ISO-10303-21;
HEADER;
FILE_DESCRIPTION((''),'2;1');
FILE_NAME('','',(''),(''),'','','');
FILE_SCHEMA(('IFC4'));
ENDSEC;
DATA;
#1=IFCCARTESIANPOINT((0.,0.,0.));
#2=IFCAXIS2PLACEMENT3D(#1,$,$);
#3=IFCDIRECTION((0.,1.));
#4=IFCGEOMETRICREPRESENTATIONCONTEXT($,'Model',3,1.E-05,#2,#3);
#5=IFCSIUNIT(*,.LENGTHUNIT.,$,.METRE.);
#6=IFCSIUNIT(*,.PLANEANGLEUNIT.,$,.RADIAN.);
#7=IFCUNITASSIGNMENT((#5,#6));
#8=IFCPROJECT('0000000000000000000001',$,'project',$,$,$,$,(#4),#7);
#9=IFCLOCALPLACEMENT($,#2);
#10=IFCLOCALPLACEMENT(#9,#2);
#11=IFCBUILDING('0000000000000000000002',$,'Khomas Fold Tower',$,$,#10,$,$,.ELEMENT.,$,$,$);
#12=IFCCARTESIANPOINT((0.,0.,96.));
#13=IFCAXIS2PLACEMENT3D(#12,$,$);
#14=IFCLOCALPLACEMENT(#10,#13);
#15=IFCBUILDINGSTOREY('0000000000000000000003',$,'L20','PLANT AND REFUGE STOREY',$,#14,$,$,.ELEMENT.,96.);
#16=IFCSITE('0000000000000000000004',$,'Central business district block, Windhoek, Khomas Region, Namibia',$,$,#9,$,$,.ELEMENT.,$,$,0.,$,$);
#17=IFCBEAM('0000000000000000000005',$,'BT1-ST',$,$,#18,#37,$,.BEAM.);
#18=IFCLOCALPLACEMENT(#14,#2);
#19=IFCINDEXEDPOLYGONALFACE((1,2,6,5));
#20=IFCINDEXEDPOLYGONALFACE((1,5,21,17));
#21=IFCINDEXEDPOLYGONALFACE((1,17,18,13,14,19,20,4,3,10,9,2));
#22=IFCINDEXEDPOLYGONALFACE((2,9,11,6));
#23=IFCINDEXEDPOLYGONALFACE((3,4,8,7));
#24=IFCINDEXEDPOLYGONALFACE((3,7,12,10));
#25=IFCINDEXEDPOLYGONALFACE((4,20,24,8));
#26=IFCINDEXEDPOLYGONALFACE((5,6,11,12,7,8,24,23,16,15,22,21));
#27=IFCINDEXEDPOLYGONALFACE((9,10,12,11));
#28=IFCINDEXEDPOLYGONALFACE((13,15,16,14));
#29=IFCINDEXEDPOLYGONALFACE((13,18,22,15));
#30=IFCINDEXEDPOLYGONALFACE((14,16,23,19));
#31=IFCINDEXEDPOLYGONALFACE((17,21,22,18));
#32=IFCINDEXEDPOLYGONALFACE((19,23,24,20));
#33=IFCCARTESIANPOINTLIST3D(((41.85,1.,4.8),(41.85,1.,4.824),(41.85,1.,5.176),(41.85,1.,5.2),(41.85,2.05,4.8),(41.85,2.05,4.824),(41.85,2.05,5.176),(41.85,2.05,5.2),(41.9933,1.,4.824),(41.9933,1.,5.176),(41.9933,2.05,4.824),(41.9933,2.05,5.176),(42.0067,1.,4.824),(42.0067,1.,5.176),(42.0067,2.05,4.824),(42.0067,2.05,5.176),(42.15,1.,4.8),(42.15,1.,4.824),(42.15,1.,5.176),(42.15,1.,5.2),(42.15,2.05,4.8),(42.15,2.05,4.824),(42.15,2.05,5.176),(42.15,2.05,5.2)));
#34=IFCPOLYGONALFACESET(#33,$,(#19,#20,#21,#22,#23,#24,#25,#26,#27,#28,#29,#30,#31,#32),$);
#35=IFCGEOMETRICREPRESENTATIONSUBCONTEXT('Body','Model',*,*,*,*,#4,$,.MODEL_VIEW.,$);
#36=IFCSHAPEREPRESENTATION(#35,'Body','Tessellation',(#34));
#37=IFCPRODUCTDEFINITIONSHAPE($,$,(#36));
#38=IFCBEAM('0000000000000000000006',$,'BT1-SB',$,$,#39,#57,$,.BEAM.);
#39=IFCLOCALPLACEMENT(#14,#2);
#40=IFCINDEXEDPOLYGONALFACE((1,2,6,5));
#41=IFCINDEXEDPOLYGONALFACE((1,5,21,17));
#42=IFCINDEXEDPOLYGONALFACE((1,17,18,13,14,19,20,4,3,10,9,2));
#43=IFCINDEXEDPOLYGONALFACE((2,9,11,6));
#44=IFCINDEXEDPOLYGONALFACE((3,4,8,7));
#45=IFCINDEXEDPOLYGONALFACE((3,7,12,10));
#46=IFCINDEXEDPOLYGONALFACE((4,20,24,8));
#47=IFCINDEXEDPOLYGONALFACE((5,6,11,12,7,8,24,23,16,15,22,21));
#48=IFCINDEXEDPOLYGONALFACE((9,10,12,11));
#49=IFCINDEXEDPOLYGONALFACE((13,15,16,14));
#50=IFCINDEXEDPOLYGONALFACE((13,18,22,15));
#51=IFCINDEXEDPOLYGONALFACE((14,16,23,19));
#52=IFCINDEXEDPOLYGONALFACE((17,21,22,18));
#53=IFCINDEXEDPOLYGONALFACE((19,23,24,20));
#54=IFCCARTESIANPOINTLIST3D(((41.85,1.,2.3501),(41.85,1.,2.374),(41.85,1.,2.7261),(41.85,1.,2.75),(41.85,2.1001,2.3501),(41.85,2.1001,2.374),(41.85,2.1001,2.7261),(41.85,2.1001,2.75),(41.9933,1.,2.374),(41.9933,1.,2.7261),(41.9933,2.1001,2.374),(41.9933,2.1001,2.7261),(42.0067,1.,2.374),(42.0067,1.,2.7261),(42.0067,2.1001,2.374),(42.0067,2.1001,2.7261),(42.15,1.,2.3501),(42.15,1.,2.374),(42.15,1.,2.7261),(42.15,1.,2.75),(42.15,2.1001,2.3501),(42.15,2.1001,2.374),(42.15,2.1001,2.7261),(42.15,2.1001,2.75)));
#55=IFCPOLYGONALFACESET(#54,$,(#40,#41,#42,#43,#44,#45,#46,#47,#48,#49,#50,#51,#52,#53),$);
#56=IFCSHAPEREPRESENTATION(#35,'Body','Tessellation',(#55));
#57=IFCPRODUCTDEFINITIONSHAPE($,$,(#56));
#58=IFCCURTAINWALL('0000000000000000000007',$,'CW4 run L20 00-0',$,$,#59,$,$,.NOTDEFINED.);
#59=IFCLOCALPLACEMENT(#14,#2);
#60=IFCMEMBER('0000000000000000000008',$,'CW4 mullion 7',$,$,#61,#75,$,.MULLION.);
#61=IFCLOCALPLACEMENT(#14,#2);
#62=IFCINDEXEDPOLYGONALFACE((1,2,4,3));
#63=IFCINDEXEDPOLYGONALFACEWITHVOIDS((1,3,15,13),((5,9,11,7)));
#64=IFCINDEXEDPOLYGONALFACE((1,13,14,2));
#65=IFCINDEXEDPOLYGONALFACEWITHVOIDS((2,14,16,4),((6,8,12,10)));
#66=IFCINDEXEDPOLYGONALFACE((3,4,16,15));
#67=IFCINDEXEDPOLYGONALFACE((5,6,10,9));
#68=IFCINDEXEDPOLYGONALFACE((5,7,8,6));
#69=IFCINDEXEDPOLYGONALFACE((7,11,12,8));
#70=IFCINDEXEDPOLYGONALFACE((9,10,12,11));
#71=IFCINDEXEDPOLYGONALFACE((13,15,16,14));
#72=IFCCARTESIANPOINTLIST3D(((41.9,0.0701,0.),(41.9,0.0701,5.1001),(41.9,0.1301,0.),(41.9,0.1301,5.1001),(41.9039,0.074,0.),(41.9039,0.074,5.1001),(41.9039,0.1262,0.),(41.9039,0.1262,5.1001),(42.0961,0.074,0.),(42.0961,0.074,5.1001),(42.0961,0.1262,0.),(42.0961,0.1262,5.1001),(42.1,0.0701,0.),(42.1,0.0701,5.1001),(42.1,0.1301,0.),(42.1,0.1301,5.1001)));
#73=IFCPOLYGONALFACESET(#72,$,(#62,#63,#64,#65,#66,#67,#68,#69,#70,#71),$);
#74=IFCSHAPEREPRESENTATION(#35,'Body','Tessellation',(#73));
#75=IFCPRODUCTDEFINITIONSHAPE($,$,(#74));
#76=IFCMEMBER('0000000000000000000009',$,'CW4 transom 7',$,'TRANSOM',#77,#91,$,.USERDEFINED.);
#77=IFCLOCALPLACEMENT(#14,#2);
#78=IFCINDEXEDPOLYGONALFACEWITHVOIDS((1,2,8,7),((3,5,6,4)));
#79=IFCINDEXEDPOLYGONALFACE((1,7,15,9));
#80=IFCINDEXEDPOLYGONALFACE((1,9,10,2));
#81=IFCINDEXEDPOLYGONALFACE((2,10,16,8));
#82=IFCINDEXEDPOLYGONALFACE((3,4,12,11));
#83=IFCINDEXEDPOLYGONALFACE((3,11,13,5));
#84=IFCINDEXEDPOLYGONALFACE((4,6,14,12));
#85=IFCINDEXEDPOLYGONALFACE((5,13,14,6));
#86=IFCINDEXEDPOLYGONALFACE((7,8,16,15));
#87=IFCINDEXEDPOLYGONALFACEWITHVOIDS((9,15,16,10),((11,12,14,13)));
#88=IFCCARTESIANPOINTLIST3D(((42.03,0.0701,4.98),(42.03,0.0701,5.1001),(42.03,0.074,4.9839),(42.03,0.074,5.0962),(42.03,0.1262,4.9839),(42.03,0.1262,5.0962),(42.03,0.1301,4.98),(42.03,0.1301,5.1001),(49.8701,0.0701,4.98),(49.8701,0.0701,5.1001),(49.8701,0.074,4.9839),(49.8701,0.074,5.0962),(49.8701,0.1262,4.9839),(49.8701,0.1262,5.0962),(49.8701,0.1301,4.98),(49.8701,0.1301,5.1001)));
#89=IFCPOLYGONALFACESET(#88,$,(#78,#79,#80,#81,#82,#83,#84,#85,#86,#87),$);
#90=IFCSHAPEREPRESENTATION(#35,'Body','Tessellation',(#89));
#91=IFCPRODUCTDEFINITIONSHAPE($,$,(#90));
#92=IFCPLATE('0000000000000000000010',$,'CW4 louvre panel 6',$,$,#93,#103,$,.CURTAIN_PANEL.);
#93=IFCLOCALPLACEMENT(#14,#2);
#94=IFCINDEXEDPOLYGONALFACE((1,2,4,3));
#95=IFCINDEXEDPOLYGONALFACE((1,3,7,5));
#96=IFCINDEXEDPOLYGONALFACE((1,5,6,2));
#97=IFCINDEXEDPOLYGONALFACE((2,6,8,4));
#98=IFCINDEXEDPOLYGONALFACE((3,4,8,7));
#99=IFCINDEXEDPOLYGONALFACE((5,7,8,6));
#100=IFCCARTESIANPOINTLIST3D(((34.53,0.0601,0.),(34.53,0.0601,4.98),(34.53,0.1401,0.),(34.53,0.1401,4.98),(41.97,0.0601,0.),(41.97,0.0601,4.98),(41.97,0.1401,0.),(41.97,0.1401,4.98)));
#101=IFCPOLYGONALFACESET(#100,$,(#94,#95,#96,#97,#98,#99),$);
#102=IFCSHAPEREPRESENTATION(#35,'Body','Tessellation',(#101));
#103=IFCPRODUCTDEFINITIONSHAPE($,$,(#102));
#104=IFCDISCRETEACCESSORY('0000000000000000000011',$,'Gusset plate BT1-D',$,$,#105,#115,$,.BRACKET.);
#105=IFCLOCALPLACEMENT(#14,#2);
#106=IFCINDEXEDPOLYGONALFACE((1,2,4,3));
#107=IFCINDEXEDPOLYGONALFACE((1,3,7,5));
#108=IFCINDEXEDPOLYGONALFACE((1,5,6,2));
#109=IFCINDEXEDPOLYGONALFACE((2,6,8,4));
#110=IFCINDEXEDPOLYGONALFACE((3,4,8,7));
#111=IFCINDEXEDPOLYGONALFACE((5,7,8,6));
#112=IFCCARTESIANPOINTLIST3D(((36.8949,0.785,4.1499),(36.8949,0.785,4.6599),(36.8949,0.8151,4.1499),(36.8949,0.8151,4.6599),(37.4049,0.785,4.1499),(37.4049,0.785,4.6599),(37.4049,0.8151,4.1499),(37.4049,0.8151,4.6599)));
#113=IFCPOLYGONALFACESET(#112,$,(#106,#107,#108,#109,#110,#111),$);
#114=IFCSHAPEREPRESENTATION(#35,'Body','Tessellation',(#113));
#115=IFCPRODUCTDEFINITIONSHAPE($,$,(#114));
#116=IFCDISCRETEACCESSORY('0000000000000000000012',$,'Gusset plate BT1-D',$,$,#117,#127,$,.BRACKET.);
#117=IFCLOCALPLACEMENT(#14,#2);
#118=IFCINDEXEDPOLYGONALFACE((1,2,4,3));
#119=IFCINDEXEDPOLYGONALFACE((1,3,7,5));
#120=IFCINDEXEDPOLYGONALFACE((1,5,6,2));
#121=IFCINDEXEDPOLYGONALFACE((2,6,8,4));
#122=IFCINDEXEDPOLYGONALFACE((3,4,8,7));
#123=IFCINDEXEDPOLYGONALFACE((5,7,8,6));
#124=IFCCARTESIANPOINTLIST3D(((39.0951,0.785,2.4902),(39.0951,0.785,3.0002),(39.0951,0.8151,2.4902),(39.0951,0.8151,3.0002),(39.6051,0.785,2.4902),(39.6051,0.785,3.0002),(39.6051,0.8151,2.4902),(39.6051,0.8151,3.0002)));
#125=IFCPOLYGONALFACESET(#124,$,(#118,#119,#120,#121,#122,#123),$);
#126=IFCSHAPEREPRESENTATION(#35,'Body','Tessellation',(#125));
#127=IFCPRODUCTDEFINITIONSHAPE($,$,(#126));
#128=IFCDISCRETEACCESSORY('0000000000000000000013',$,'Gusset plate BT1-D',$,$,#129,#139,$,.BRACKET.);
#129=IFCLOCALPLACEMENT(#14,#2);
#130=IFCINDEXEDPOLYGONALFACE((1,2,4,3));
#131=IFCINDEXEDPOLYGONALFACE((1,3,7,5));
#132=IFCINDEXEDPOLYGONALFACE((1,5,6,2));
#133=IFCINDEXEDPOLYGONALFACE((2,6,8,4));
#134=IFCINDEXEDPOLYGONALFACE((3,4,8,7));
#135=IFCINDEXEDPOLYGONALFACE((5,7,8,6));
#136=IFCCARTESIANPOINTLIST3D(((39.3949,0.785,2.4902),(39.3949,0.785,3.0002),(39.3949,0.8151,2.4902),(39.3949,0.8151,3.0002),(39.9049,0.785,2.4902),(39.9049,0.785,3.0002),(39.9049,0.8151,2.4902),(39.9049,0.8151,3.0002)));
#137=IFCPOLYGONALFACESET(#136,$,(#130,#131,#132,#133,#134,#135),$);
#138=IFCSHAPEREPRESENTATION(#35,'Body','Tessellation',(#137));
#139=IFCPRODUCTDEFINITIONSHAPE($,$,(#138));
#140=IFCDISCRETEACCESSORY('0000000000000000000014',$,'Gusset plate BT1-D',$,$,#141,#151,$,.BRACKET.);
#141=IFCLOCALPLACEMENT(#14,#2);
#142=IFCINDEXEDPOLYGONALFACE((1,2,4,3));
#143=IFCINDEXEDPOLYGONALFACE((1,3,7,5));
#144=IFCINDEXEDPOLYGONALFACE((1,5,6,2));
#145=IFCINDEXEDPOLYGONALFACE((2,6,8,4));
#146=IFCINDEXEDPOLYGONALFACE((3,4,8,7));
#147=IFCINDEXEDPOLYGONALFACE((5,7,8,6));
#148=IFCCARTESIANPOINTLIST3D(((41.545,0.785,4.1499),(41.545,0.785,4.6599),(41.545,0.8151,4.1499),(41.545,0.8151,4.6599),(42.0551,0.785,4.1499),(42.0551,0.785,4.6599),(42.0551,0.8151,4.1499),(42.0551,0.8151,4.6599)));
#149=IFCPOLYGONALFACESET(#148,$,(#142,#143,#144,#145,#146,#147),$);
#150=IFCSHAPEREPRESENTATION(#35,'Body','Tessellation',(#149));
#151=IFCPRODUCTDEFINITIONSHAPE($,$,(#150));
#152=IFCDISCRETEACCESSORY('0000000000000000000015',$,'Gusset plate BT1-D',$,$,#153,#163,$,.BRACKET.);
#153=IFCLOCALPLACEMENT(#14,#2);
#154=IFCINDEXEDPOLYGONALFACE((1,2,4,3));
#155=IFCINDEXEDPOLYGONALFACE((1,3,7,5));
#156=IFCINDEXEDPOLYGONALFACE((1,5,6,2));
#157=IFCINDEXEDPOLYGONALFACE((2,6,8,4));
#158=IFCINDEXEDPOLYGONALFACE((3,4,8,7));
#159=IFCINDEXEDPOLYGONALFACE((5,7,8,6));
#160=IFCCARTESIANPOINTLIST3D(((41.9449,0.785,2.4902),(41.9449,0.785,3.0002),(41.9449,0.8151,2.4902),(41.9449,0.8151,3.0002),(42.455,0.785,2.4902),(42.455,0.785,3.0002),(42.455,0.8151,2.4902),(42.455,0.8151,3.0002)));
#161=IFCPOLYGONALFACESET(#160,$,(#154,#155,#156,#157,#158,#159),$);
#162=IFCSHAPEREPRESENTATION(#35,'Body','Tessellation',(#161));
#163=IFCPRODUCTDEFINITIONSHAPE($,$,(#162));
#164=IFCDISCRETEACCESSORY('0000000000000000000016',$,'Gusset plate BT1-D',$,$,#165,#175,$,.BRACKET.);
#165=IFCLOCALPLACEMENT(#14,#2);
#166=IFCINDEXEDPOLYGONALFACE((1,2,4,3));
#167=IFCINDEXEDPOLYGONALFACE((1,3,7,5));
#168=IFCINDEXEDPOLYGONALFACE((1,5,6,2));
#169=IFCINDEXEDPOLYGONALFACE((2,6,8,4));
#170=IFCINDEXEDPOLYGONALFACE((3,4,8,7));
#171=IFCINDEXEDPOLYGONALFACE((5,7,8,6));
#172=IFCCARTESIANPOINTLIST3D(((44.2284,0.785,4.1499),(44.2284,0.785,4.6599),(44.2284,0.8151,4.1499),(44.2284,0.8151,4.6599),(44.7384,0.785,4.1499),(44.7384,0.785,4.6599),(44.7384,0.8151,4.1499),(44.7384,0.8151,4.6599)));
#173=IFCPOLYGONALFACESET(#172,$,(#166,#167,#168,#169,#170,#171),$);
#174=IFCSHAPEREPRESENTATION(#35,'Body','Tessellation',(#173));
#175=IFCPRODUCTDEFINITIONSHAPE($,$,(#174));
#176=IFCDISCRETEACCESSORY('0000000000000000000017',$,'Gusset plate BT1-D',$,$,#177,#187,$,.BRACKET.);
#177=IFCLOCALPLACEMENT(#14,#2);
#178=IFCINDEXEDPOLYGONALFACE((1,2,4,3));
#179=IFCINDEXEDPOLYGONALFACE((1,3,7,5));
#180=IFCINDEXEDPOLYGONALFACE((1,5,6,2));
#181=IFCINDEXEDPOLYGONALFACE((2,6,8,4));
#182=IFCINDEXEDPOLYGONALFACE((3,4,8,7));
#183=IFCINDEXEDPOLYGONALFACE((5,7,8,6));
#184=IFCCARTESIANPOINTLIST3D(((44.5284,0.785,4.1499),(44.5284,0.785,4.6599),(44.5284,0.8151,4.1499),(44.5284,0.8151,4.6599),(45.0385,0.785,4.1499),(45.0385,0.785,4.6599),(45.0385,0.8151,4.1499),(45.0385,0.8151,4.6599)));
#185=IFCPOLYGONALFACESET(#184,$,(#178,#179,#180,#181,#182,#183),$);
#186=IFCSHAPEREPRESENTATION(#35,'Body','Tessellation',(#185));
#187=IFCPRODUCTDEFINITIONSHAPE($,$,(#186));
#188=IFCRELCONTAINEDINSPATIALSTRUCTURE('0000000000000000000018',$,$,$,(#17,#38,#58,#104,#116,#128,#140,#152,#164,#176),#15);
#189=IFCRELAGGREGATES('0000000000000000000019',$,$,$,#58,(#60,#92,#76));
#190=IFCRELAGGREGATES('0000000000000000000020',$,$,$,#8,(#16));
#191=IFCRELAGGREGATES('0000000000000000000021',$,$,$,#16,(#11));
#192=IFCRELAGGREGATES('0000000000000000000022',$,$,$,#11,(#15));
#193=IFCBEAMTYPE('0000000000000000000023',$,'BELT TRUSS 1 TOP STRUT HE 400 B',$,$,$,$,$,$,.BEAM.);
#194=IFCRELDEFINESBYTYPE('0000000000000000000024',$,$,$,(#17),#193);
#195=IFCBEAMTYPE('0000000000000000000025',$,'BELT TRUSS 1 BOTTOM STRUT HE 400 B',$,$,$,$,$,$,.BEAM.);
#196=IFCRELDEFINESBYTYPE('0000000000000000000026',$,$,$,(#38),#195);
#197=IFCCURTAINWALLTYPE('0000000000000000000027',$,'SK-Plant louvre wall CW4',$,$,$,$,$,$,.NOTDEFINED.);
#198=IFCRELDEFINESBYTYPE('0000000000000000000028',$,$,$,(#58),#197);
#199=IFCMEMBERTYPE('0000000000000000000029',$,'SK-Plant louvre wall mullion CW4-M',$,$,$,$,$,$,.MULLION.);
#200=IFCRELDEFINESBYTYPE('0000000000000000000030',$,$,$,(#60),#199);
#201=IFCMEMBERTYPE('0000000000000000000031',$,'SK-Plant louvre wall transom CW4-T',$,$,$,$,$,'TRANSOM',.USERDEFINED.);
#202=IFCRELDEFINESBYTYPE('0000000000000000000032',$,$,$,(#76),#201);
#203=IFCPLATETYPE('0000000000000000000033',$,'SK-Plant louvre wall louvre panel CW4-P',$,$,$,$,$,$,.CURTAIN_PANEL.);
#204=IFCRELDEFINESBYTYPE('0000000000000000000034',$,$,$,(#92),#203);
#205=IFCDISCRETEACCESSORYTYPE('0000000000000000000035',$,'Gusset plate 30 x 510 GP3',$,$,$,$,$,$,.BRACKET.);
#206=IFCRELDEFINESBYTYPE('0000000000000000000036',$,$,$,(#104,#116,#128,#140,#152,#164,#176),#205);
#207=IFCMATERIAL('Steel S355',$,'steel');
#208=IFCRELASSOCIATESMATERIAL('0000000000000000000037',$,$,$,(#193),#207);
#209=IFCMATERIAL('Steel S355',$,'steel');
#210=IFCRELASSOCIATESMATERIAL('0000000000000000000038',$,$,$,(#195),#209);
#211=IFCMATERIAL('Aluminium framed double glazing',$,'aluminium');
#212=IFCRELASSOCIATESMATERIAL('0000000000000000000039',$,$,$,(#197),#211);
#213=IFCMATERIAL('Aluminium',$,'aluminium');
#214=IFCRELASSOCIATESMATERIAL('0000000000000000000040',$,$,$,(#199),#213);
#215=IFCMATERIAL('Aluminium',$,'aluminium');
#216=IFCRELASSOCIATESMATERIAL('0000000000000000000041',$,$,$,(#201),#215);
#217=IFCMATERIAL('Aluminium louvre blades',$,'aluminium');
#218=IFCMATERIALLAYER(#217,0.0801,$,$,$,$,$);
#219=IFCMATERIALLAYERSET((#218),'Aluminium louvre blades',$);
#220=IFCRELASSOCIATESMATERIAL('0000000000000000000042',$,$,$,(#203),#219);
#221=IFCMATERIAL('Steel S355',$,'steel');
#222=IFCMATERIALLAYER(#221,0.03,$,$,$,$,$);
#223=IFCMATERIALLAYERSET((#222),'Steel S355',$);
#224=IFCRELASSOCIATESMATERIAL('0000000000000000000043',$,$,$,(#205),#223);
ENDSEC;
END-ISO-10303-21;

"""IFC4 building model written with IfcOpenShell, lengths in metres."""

from ifc_helpers import new_model, si_unit, direction, frame, origin, origin_2d, place, context, subcontext, project, spatial, rectangle, hollow_rectangle, i_section, extrude, source, transform, mapped, material, layer, layer_set, material_profile, profile_set, type_object, element, aggregate, save


model = new_model("IFC4")

# Units and contexts
model_context = context("Model", 3, precision=1e-05, world=origin(), true_north=direction((0.0, 1.0)))
body_context = subcontext(model_context, "Body", "Model", "MODEL_VIEW")
ifc_project = project(units=[si_unit("LENGTHUNIT", "METRE"), si_unit("PLANEANGLEUNIT", "RADIAN")], contexts=[model_context])

# Site, building, storey
site_placement = place(None, origin())
site = spatial("IfcSite", under=ifc_project, at=site_placement, Name="Central business district block, Windhoek, Khomas Region, Namibia", CompositionType="ELEMENT", RefElevation=0.0)
building_placement = place(site_placement, origin())
building = spatial("IfcBuilding", under=site, at=building_placement, Name="Khomas Fold Tower", CompositionType="ELEMENT")
storey_placement = place(building_placement, frame((0.0, 0.0, 96.0)))
storey = spatial("IfcBuildingStorey", under=building, at=storey_placement, Name="L20", Description="PLANT AND REFUGE STOREY", CompositionType="ELEMENT", Elevation=96.0)

# Beams
ifc_material_1 = material(Name="Steel S355", Category="steel")
ifc_material_profile_1 = material_profile(ifc_material_1, i_section(OverallWidth=0.3, OverallDepth=0.3999, WebThickness=0.0134, FlangeThickness=0.0239, at=origin_2d()), Name="HE 400 B")
ifc_profile_set_1 = profile_set([ifc_material_profile_1], Name="Steel S355")
beam_type_1 = type_object("IfcBeamType", Name="BELT TRUSS 1 TOP STRUT HE 400 B", PredefinedType="BEAM", material=ifc_profile_set_1)
shared_shape_1 = source(origin(), body_context, "Body", "SweptSolid", [
    extrude(i_section(OverallWidth=0.3, OverallDepth=0.3999, WebThickness=0.0134, FlangeThickness=0.0239, at=origin_2d()), origin(), (0.0, 0.0, 1.0), 1.05),
])
beam_1_placement = place(storey_placement, frame((42.0, 2.05, 5.0), z_axis=(0.0, -1.0, 0.0), x_axis=(1.0, 0.0, 0.0)))
element("IfcBeam", 1, at=beam_1_placement, inside=storey, type_object=beam_type_1, Name="BT1-ST", PredefinedType="BEAM", context=body_context, shape_type="MappedRepresentation", body=[
    mapped(shared_shape_1, transform((0.0, 0.0, 0.0))),
])
ifc_material_2 = material(Name="Steel S355", Category="steel")
ifc_material_profile_2 = material_profile(ifc_material_2, i_section(OverallWidth=0.3, OverallDepth=0.3999, WebThickness=0.0134, FlangeThickness=0.0239, at=origin_2d()), Name="HE 400 B")
ifc_profile_set_2 = profile_set([ifc_material_profile_2], Name="Steel S355")
beam_type_2 = type_object("IfcBeamType", Name="BELT TRUSS 1 BOTTOM STRUT HE 400 B", PredefinedType="BEAM", material=ifc_profile_set_2)
shared_shape_2 = source(origin(), body_context, "Body", "SweptSolid", [
    extrude(i_section(OverallWidth=0.3, OverallDepth=0.3999, WebThickness=0.0134, FlangeThickness=0.0239, at=origin_2d()), origin(), (0.0, 0.0, 1.0), 1.1001),
])
beam_2_placement = place(storey_placement, frame((42.0, 2.1001, 2.55), z_axis=(0.0, -1.0, 0.0), x_axis=(1.0, 0.0, 0.0)))
element("IfcBeam", 2, at=beam_2_placement, inside=storey, type_object=beam_type_2, Name="BT1-SB", PredefinedType="BEAM", context=body_context, shape_type="MappedRepresentation", body=[
    mapped(shared_shape_2, transform((0.0, 0.0, 0.0))),
])

# Curtain wall, members, plate
ifc_material_3 = material(Name="Aluminium framed double glazing", Category="aluminium")
curtain_wall_type = type_object("IfcCurtainWallType", Name="SK-Plant louvre wall CW4", PredefinedType="NOTDEFINED", material=ifc_material_3)
curtain_wall_placement = place(storey_placement, origin())
curtain_wall = element("IfcCurtainWall", 3, at=curtain_wall_placement, inside=storey, type_object=curtain_wall_type, Name="CW4 run L20 00-0", PredefinedType="NOTDEFINED")
ifc_material_4 = material(Name="Aluminium", Category="aluminium")
ifc_material_profile_3 = material_profile(ifc_material_4, hollow_rectangle(XDim=0.0601, YDim=0.2, WallThickness=0.0039, at=origin_2d()), Name="SK-Plant louvre wall mullion CW4-M")
ifc_profile_set_3 = profile_set([ifc_material_profile_3], Name="Aluminium")
member_type_1 = type_object("IfcMemberType", Name="SK-Plant louvre wall mullion CW4-M", PredefinedType="MULLION", material=ifc_profile_set_3)
shared_shape_3 = source(origin(), body_context, "Body", "SweptSolid", [
    extrude(hollow_rectangle(XDim=0.0601, YDim=0.2, WallThickness=0.0039, at=origin_2d()), origin(), (0.0, 0.0, 1.0), 5.1001),
])
member_1_placement = place(storey_placement, frame((42.0, 0.1001, 0.0), z_axis=(0.0, 0.0, 1.0), x_axis=(0.0, 1.0, 0.0)))
member_1 = element("IfcMember", 4, at=member_1_placement, type_object=member_type_1, Name="CW4 mullion 7", PredefinedType="MULLION", context=body_context, shape_type="MappedRepresentation", body=[
    mapped(shared_shape_3, transform((0.0, 0.0, 0.0))),
])
ifc_material_5 = material(Name="Aluminium", Category="aluminium")
ifc_material_profile_4 = material_profile(ifc_material_5, hollow_rectangle(XDim=0.0601, YDim=0.1201, WallThickness=0.0039, at=origin_2d()), Name="SK-Plant louvre wall transom CW4-T")
ifc_profile_set_4 = profile_set([ifc_material_profile_4], Name="Aluminium")
member_type_2 = type_object("IfcMemberType", Name="SK-Plant louvre wall transom CW4-T", ElementType="TRANSOM", PredefinedType="USERDEFINED", material=ifc_profile_set_4)
shared_shape_4 = source(origin(), body_context, "Body", "SweptSolid", [
    extrude(hollow_rectangle(XDim=0.0601, YDim=0.1201, WallThickness=0.0039, at=origin_2d()), origin(), (0.0, 0.0, 1.0), 7.8401),
])
member_2_placement = place(storey_placement, frame((42.03, 0.1001, 5.04), z_axis=(1.0, 0.0, 0.0), x_axis=(0.0, 1.0, 0.0)))
member_2 = element("IfcMember", 5, at=member_2_placement, type_object=member_type_2, Name="CW4 transom 7", ObjectType="TRANSOM", PredefinedType="USERDEFINED", context=body_context, shape_type="MappedRepresentation", body=[
    mapped(shared_shape_4, transform((0.0, 0.0, 0.0))),
])
ifc_material_6 = material(Name="Aluminium louvre blades", Category="aluminium")
ifc_layer_1 = layer(ifc_material_6, 0.0801)
ifc_layer_set_1 = layer_set([ifc_layer_1], Name="Aluminium louvre blades")
plate_type = type_object("IfcPlateType", Name="SK-Plant louvre wall louvre panel CW4-P", PredefinedType="CURTAIN_PANEL", material=ifc_layer_set_1)
shared_shape_5 = source(origin(), body_context, "Body", "SweptSolid", [
    extrude(rectangle(XDim=7.4399, YDim=0.0801, at=origin_2d()), origin(), (0.0, 0.0, 1.0), 4.98),
])
plate_placement = place(storey_placement, frame((38.25, 0.1001, 0.0), z_axis=(0.0, 0.0, 1.0), x_axis=(1.0, 0.0, 0.0)))
plate = element("IfcPlate", 6, at=plate_placement, type_object=plate_type, Name="CW4 louvre panel 6", PredefinedType="CURTAIN_PANEL", context=body_context, shape_type="MappedRepresentation", body=[
    mapped(shared_shape_5, transform((0.0, 0.0, 0.0))),
])
aggregate(curtain_wall, [member_1, plate, member_2])

# Discrete accessories
ifc_material_7 = material(Name="Steel S355", Category="steel")
ifc_layer_2 = layer(ifc_material_7, 0.03)
ifc_layer_set_2 = layer_set([ifc_layer_2], Name="Steel S355")
discrete_accessory_type = type_object("IfcDiscreteAccessoryType", Name="Gusset plate 30 x 510 GP3", PredefinedType="BRACKET", material=ifc_layer_set_2)
shared_shape_6 = source(origin(), body_context, "Body", "SweptSolid", [
    extrude(rectangle(XDim=0.51, YDim=0.03, at=origin_2d()), origin(), (0.0, 0.0, 1.0), 0.51),
])
for number, where, z_axis, x_axis, name in (
    (7, (37.1499, 0.8, 4.1499), (0.0, 0.0, 1.0), (1.0, 0.0, 0.0), "Gusset plate BT1-D"),
    (8, (39.3501, 0.8, 2.4902), (0.0, 0.0, 1.0), (1.0, 0.0, 0.0), "Gusset plate BT1-D"),
    (9, (39.6499, 0.8, 2.4902), (0.0, 0.0, 1.0), (1.0, 0.0, 0.0), "Gusset plate BT1-D"),
    (10, (41.8, 0.8, 4.1499), (0.0, 0.0, 1.0), (1.0, 0.0, 0.0), "Gusset plate BT1-D"),
    (11, (42.2, 0.8, 2.4902), (0.0, 0.0, 1.0), (1.0, 0.0, 0.0), "Gusset plate BT1-D"),
    (12, (44.4834, 0.8, 4.1499), (0.0, 0.0, 1.0), (1.0, 0.0, 0.0), "Gusset plate BT1-D"),
    (13, (44.7834, 0.8, 4.1499), (0.0, 0.0, 1.0), (1.0, 0.0, 0.0), "Gusset plate BT1-D"),
):
    element("IfcDiscreteAccessory", number, at=place(storey_placement, frame(where, z_axis=z_axis, x_axis=x_axis)), inside=storey, type_object=discrete_accessory_type, Name=name, PredefinedType="BRACKET", context=body_context, shape_type="MappedRepresentation", body=[
        mapped(shared_shape_6, transform((0.0, 0.0, 0.0))),
    ])

save(model, "model.ifc")
